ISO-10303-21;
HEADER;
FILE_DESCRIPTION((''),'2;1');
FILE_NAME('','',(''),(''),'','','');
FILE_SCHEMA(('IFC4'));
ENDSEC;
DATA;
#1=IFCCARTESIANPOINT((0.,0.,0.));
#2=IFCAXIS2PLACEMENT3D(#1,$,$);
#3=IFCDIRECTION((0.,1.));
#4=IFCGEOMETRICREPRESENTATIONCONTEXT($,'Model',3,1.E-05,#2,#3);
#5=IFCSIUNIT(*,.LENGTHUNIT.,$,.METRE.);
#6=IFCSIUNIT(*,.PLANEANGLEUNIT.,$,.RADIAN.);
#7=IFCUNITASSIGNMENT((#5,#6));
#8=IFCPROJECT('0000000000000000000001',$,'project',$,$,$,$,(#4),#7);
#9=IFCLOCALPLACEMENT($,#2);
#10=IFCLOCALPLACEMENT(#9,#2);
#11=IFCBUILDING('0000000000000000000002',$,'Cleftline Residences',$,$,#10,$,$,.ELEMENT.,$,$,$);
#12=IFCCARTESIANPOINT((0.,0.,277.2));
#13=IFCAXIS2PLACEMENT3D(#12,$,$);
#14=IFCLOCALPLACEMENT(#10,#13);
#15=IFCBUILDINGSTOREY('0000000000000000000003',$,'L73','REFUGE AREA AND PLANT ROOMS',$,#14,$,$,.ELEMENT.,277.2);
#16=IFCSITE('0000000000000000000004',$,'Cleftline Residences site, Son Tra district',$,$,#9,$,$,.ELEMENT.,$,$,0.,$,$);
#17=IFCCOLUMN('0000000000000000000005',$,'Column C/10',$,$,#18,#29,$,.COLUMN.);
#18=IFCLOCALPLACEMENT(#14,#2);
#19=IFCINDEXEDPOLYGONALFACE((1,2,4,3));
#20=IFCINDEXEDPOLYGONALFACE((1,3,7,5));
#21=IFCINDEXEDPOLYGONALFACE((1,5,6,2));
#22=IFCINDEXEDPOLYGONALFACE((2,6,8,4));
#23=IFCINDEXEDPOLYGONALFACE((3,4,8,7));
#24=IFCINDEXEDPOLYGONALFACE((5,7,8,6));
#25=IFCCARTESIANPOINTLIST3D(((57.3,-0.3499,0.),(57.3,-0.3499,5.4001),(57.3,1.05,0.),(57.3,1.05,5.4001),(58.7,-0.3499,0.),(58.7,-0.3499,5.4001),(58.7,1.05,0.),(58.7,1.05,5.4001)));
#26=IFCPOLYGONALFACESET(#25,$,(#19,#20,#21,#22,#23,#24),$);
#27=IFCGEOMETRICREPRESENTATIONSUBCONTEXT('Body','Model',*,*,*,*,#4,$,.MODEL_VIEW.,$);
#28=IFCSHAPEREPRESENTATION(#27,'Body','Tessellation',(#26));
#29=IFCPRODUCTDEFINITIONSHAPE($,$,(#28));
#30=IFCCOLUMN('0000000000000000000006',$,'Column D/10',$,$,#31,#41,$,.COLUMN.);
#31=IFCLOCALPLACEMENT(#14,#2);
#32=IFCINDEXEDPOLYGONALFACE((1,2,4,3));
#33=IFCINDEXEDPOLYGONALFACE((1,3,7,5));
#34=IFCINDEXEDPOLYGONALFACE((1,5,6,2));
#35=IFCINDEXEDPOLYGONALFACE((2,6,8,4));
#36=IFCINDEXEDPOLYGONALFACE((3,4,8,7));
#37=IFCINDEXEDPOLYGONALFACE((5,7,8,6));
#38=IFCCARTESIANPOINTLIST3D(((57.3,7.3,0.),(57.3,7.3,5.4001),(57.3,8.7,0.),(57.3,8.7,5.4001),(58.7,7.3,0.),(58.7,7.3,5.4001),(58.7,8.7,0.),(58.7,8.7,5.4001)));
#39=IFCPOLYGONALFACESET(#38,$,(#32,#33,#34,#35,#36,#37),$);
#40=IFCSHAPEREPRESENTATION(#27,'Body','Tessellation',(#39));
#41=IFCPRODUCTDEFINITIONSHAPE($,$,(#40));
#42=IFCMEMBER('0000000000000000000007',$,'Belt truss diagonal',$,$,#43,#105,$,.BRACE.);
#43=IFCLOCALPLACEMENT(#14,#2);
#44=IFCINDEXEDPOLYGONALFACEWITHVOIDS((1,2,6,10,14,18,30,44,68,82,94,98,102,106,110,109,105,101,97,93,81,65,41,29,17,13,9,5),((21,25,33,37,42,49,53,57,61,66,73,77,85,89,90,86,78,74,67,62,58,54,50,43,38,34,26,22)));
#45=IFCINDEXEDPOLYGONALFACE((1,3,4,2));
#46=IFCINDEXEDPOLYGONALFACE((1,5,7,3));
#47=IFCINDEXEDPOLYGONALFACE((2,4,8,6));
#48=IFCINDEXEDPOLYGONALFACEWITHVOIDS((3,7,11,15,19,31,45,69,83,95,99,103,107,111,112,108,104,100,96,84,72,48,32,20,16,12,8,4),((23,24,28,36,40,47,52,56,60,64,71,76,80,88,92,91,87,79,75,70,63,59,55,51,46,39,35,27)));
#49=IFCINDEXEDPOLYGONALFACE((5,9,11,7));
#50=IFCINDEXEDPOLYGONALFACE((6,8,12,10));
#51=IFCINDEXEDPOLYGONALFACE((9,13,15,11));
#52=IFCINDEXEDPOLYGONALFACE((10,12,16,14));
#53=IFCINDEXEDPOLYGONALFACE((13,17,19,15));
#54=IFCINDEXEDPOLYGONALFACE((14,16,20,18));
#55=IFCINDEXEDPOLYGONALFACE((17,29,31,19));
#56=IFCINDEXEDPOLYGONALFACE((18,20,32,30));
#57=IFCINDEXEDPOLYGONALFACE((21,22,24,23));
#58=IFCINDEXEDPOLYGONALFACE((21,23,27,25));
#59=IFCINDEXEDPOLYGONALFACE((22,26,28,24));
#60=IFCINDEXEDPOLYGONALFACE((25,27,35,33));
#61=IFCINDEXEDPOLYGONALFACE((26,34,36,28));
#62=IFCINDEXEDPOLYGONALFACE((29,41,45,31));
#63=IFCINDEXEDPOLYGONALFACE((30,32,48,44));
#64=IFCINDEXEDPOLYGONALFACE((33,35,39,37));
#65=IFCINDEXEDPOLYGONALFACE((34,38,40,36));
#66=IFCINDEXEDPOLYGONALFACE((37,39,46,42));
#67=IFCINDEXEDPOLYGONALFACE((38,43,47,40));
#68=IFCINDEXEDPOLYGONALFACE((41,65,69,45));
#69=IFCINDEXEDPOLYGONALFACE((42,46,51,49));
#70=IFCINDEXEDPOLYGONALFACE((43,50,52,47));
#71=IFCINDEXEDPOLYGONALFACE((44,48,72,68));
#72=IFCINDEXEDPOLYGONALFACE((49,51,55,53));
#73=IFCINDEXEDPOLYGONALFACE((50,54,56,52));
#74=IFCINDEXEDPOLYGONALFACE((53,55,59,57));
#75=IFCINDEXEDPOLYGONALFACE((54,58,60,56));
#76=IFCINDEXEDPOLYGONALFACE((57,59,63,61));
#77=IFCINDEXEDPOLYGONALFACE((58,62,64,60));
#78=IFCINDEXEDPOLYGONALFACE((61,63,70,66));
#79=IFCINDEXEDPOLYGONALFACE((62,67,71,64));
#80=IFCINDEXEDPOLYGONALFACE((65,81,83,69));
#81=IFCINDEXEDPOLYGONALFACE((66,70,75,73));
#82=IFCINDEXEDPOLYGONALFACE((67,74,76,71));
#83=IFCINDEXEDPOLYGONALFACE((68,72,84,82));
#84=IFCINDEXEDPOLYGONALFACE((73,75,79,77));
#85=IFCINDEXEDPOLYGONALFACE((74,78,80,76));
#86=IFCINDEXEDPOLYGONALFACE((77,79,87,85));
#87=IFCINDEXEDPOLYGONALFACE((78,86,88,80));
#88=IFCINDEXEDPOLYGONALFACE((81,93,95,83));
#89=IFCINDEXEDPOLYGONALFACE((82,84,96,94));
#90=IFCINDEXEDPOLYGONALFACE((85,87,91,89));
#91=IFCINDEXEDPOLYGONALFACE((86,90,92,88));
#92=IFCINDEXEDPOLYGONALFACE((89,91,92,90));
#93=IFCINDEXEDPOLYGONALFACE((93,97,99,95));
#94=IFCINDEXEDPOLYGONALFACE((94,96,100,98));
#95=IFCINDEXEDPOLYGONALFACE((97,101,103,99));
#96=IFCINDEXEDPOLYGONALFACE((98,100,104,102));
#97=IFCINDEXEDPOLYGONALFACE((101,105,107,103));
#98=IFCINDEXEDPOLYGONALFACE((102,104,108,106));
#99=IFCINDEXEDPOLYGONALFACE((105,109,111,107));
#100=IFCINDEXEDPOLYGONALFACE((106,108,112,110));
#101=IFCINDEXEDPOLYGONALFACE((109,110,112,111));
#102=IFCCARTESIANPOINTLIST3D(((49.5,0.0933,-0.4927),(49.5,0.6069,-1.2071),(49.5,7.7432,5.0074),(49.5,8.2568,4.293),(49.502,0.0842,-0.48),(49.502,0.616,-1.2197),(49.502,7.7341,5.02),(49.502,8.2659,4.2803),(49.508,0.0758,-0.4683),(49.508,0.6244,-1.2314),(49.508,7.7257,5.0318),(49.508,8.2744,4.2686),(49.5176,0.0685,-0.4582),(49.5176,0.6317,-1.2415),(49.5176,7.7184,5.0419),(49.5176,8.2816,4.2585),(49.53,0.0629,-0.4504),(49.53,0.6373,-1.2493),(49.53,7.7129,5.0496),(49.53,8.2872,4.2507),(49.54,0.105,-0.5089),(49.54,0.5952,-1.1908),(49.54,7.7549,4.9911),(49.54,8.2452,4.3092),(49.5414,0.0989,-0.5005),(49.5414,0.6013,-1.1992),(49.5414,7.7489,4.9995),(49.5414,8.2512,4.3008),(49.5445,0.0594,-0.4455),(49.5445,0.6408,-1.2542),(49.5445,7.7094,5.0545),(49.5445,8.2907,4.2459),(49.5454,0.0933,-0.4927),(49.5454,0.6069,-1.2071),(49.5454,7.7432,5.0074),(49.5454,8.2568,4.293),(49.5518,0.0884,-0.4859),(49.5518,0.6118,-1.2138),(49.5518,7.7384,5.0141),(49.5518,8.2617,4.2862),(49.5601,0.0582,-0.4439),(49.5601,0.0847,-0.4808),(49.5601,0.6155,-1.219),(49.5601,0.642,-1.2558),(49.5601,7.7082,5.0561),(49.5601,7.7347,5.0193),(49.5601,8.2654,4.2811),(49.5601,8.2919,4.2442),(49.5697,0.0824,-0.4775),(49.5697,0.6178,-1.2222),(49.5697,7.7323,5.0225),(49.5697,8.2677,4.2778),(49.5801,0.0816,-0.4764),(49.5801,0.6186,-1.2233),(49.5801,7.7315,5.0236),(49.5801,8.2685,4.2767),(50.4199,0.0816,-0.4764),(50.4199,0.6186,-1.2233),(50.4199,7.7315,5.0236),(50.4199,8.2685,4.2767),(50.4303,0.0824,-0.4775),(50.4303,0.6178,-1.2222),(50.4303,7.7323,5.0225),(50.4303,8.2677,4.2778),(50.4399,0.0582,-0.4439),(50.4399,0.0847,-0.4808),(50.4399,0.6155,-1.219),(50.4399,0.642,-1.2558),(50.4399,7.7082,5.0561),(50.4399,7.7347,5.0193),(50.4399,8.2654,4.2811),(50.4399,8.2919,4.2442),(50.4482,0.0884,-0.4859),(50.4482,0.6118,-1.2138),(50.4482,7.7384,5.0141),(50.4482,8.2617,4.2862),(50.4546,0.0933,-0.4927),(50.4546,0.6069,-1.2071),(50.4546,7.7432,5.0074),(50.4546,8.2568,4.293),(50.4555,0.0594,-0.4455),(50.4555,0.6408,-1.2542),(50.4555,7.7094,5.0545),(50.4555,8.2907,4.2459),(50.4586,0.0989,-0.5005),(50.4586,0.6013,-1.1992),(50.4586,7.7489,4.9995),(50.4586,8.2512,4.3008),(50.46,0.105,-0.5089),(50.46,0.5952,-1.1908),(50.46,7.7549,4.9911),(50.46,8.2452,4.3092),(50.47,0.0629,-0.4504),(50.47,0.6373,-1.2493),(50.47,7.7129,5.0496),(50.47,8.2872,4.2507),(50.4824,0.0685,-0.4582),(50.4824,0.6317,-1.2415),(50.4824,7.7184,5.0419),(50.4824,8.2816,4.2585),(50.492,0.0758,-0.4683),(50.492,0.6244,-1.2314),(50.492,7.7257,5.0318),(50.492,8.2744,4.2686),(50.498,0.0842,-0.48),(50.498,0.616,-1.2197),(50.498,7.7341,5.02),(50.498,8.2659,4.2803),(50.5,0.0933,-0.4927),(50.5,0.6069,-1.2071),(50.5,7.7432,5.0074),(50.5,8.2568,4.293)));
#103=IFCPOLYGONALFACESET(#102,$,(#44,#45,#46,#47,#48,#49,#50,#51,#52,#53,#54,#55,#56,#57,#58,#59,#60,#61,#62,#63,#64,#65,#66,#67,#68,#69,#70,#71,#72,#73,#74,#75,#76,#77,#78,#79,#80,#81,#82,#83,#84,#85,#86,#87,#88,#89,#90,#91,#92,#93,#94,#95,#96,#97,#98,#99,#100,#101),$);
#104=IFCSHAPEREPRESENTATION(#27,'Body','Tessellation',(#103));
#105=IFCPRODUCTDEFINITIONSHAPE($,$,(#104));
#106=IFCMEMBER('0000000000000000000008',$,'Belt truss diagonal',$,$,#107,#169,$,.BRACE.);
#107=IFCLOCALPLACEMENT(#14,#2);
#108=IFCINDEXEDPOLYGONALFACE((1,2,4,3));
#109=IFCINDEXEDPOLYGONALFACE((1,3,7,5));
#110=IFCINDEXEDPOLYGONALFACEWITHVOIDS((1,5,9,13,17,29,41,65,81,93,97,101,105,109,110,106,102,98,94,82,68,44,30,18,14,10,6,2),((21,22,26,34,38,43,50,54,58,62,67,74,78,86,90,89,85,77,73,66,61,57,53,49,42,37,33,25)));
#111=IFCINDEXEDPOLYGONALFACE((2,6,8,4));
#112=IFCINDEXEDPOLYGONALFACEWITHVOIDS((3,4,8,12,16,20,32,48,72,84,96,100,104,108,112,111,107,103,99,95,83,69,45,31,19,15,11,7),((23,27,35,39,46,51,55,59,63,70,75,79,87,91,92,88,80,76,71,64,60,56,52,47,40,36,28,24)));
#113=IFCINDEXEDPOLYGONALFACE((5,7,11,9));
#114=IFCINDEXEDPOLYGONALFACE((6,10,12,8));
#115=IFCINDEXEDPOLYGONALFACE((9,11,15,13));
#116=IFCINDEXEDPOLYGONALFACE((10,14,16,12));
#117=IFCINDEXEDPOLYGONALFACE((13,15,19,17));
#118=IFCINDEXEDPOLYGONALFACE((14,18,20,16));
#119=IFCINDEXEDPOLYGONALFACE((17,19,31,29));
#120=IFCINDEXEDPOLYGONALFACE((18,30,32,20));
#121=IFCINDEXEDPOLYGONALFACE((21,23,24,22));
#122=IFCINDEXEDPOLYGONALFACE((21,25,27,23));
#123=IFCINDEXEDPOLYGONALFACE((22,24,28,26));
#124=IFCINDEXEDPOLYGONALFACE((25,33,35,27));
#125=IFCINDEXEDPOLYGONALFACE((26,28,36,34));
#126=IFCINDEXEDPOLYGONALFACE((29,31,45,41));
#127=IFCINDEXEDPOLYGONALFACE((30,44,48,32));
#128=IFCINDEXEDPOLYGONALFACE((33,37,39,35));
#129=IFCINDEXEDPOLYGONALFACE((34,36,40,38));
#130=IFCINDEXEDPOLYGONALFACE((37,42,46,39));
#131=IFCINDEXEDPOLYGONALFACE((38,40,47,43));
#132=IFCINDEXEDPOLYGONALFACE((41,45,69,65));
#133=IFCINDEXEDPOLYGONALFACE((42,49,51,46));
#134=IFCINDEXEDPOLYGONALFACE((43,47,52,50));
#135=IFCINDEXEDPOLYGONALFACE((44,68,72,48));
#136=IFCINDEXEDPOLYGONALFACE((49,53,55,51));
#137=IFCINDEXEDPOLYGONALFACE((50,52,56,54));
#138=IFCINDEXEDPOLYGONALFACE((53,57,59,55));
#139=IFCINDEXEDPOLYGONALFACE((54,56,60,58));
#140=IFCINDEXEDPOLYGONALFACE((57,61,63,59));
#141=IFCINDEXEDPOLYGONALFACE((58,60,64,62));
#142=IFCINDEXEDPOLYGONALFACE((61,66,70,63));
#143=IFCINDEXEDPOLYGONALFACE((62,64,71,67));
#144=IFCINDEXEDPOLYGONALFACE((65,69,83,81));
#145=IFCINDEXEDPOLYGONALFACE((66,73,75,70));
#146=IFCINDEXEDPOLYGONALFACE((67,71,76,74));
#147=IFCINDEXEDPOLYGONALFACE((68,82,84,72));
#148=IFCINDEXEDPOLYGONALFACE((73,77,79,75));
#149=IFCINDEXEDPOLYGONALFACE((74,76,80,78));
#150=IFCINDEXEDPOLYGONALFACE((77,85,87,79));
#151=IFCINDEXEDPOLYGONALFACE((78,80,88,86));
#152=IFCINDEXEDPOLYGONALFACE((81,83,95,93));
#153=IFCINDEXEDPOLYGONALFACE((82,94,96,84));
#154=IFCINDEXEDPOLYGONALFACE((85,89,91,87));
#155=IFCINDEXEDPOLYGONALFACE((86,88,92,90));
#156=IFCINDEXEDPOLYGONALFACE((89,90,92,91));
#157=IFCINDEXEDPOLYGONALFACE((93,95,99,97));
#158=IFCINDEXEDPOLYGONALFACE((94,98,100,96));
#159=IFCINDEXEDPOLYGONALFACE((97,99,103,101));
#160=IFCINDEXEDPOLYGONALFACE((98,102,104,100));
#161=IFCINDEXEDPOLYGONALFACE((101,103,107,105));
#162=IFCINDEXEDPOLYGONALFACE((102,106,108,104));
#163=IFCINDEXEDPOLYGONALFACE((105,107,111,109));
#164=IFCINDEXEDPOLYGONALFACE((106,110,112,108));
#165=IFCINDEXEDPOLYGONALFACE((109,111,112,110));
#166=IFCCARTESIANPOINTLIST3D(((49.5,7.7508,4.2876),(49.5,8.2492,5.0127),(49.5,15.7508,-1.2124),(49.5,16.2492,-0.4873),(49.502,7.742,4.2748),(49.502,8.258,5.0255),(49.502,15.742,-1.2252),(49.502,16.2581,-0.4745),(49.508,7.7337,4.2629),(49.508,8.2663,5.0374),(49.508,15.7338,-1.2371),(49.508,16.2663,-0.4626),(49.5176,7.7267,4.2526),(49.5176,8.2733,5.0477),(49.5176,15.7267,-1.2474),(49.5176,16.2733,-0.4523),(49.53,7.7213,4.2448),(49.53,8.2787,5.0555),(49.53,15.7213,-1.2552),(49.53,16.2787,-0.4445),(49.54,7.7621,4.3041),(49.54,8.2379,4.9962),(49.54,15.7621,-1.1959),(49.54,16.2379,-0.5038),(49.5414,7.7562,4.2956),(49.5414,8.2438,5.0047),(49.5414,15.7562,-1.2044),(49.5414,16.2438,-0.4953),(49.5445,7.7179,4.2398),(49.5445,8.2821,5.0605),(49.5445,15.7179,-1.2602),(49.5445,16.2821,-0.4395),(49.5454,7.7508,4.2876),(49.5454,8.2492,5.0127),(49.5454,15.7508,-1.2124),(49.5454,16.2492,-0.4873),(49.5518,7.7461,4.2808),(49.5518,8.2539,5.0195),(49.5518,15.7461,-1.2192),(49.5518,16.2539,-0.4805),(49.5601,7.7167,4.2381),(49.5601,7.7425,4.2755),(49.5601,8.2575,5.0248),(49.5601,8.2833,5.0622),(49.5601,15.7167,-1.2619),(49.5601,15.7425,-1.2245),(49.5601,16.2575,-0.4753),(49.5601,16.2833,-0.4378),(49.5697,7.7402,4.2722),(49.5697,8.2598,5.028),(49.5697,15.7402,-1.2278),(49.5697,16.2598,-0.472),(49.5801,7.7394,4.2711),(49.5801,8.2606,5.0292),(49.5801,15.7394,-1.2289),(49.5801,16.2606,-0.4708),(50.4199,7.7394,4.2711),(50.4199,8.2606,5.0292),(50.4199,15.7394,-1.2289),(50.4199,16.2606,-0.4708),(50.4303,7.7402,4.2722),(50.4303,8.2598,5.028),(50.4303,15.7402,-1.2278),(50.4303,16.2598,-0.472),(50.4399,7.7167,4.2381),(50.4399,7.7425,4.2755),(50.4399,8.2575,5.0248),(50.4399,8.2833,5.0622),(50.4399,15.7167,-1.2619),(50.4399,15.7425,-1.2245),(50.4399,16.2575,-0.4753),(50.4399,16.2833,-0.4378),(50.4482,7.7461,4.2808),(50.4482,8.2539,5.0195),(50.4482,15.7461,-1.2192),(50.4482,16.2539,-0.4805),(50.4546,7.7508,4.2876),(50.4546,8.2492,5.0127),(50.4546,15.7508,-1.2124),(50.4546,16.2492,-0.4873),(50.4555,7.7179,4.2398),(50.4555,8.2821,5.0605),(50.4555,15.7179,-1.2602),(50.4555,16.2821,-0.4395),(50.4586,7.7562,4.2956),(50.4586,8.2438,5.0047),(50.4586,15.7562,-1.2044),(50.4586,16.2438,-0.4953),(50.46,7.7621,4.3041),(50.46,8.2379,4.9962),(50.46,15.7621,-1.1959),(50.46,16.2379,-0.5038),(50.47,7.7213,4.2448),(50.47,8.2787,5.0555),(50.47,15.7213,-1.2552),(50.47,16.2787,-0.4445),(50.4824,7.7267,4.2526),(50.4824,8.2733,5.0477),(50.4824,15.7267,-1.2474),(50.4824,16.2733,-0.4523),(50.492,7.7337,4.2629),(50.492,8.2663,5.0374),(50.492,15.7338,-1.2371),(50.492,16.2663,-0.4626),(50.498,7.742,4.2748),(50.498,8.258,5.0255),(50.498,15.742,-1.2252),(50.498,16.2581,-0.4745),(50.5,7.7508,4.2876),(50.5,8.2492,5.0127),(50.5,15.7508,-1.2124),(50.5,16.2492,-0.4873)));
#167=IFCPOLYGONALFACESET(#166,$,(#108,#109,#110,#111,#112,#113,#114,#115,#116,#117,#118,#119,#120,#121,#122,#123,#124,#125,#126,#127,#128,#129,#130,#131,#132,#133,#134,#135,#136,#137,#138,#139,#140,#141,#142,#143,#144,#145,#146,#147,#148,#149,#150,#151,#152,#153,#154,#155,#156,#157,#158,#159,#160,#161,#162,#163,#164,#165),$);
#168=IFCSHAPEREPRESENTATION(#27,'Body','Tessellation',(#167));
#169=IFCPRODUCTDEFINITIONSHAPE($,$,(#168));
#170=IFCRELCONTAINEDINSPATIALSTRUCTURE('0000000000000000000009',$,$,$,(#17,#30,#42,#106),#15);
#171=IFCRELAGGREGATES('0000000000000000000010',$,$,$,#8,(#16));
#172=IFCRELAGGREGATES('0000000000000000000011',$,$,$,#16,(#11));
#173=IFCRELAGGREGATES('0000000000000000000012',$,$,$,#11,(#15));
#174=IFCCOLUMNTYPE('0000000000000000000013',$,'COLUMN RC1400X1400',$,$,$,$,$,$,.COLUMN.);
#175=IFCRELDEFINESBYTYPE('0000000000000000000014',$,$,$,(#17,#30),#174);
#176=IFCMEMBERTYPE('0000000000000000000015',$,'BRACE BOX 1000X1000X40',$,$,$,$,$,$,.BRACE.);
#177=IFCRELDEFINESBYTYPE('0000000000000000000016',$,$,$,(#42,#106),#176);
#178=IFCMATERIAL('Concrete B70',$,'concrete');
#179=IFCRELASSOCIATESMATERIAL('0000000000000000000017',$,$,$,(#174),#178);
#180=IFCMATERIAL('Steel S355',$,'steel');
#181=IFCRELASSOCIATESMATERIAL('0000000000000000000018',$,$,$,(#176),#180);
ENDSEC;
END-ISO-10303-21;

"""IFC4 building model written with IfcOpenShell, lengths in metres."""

from ifc_helpers import new_model, si_unit, direction, frame, origin, origin_2d, place, context, subcontext, project, spatial, rectangle, hollow_rectangle, extrude, material, material_profile, profile_set, type_object, element, save


model = new_model("IFC4")

# Units and contexts
model_context = context("Model", 3, precision=1e-05, world=origin(), true_north=direction((0.0, 1.0)))
body_context = subcontext(model_context, "Body", "Model", "MODEL_VIEW")
ifc_project = project(units=[si_unit("LENGTHUNIT", "METRE"), si_unit("PLANEANGLEUNIT", "RADIAN")], contexts=[model_context])

# Site, building, storey
site_placement = place(None, origin())
site = spatial("IfcSite", under=ifc_project, at=site_placement, Name="Cleftline Residences site, Son Tra district", CompositionType="ELEMENT", RefElevation=0.0)
building_placement = place(site_placement, origin())
building = spatial("IfcBuilding", under=site, at=building_placement, Name="Cleftline Residences", CompositionType="ELEMENT")
storey_placement = place(building_placement, frame((0.0, 0.0, 277.2)))
storey = spatial("IfcBuildingStorey", under=building, at=storey_placement, Name="L73", Description="REFUGE AREA AND PLANT ROOMS", CompositionType="ELEMENT", Elevation=277.2)

# Columns
ifc_material_1 = material(Name="Concrete B70", Category="concrete")
ifc_material_profile_1 = material_profile(ifc_material_1, rectangle(XDim=1.3999, YDim=1.3999, at=origin_2d()))
ifc_profile_set_1 = profile_set([ifc_material_profile_1], Name="Concrete B70")
column_type = type_object("IfcColumnType", Name="COLUMN RC1400X1400", PredefinedType="COLUMN", material=ifc_profile_set_1)
for number, where, z_axis, x_axis, name in (
    (1, (58.0, 0.3501, 0.0), (0.0, 0.0, 1.0), (1.0, 0.0, 0.0), "Column C/10"),
    (2, (58.0, 8.0, 0.0), (0.0, 0.0, 1.0), (1.0, 0.0, 0.0), "Column D/10"),
):
    element("IfcColumn", number, at=place(storey_placement, frame(where, z_axis=z_axis, x_axis=x_axis)), inside=storey, type_object=column_type, Name=name, PredefinedType="COLUMN", context=body_context, shape_type="SweptSolid", body=[
        extrude(rectangle(XDim=1.3999, YDim=1.3999, at=origin_2d()), origin(), (0.0, 0.0, 1.0), 5.4001),
    ])

# Members
ifc_material_2 = material(Name="Steel S355", Category="steel")
ifc_material_profile_2 = material_profile(ifc_material_2, hollow_rectangle(XDim=1.0, YDim=1.0, WallThickness=0.04, InnerFilletRadius=0.04, OuterFilletRadius=0.0601, at=origin_2d()))
ifc_profile_set_2 = profile_set([ifc_material_profile_2], Name="Steel S355")
member_type_1 = type_object("IfcMemberType", Name="BRACE BOX 1000X1000X40", PredefinedType="BRACE", material=ifc_profile_set_2)
member_1_placement = place(storey_placement, frame((50.0, 0.3501, -0.8499), z_axis=(0.0, 0.811933, 0.58375), x_axis=(0.0, -0.58375, 0.811933)))
element("IfcMember", 3, at=member_1_placement, inside=storey, type_object=member_type_1, Name="Belt truss diagonal", PredefinedType="BRACE", context=body_context, shape_type="SweptSolid", body=[
    extrude(hollow_rectangle(XDim=1.0, YDim=1.0, WallThickness=0.04, InnerFilletRadius=0.04, OuterFilletRadius=0.0601, at=origin_2d()), origin(), (0.0, 0.0, 1.0), 9.4219),
])
member_2_placement = place(storey_placement, frame((50.0, 8.0, 4.6501), z_axis=(0.0, 0.824042, -0.566529), x_axis=(0.0, 0.566529, 0.824042)))
element("IfcMember", 4, at=member_2_placement, inside=storey, type_object=member_type_1, Name="Belt truss diagonal", PredefinedType="BRACE", context=body_context, shape_type="SweptSolid", body=[
    extrude(hollow_rectangle(XDim=1.0, YDim=1.0, WallThickness=0.04, InnerFilletRadius=0.04, OuterFilletRadius=0.0601, at=origin_2d()), origin(), (0.0, 0.0, 1.0), 9.7083),
])

save(model, "model.ifc")
